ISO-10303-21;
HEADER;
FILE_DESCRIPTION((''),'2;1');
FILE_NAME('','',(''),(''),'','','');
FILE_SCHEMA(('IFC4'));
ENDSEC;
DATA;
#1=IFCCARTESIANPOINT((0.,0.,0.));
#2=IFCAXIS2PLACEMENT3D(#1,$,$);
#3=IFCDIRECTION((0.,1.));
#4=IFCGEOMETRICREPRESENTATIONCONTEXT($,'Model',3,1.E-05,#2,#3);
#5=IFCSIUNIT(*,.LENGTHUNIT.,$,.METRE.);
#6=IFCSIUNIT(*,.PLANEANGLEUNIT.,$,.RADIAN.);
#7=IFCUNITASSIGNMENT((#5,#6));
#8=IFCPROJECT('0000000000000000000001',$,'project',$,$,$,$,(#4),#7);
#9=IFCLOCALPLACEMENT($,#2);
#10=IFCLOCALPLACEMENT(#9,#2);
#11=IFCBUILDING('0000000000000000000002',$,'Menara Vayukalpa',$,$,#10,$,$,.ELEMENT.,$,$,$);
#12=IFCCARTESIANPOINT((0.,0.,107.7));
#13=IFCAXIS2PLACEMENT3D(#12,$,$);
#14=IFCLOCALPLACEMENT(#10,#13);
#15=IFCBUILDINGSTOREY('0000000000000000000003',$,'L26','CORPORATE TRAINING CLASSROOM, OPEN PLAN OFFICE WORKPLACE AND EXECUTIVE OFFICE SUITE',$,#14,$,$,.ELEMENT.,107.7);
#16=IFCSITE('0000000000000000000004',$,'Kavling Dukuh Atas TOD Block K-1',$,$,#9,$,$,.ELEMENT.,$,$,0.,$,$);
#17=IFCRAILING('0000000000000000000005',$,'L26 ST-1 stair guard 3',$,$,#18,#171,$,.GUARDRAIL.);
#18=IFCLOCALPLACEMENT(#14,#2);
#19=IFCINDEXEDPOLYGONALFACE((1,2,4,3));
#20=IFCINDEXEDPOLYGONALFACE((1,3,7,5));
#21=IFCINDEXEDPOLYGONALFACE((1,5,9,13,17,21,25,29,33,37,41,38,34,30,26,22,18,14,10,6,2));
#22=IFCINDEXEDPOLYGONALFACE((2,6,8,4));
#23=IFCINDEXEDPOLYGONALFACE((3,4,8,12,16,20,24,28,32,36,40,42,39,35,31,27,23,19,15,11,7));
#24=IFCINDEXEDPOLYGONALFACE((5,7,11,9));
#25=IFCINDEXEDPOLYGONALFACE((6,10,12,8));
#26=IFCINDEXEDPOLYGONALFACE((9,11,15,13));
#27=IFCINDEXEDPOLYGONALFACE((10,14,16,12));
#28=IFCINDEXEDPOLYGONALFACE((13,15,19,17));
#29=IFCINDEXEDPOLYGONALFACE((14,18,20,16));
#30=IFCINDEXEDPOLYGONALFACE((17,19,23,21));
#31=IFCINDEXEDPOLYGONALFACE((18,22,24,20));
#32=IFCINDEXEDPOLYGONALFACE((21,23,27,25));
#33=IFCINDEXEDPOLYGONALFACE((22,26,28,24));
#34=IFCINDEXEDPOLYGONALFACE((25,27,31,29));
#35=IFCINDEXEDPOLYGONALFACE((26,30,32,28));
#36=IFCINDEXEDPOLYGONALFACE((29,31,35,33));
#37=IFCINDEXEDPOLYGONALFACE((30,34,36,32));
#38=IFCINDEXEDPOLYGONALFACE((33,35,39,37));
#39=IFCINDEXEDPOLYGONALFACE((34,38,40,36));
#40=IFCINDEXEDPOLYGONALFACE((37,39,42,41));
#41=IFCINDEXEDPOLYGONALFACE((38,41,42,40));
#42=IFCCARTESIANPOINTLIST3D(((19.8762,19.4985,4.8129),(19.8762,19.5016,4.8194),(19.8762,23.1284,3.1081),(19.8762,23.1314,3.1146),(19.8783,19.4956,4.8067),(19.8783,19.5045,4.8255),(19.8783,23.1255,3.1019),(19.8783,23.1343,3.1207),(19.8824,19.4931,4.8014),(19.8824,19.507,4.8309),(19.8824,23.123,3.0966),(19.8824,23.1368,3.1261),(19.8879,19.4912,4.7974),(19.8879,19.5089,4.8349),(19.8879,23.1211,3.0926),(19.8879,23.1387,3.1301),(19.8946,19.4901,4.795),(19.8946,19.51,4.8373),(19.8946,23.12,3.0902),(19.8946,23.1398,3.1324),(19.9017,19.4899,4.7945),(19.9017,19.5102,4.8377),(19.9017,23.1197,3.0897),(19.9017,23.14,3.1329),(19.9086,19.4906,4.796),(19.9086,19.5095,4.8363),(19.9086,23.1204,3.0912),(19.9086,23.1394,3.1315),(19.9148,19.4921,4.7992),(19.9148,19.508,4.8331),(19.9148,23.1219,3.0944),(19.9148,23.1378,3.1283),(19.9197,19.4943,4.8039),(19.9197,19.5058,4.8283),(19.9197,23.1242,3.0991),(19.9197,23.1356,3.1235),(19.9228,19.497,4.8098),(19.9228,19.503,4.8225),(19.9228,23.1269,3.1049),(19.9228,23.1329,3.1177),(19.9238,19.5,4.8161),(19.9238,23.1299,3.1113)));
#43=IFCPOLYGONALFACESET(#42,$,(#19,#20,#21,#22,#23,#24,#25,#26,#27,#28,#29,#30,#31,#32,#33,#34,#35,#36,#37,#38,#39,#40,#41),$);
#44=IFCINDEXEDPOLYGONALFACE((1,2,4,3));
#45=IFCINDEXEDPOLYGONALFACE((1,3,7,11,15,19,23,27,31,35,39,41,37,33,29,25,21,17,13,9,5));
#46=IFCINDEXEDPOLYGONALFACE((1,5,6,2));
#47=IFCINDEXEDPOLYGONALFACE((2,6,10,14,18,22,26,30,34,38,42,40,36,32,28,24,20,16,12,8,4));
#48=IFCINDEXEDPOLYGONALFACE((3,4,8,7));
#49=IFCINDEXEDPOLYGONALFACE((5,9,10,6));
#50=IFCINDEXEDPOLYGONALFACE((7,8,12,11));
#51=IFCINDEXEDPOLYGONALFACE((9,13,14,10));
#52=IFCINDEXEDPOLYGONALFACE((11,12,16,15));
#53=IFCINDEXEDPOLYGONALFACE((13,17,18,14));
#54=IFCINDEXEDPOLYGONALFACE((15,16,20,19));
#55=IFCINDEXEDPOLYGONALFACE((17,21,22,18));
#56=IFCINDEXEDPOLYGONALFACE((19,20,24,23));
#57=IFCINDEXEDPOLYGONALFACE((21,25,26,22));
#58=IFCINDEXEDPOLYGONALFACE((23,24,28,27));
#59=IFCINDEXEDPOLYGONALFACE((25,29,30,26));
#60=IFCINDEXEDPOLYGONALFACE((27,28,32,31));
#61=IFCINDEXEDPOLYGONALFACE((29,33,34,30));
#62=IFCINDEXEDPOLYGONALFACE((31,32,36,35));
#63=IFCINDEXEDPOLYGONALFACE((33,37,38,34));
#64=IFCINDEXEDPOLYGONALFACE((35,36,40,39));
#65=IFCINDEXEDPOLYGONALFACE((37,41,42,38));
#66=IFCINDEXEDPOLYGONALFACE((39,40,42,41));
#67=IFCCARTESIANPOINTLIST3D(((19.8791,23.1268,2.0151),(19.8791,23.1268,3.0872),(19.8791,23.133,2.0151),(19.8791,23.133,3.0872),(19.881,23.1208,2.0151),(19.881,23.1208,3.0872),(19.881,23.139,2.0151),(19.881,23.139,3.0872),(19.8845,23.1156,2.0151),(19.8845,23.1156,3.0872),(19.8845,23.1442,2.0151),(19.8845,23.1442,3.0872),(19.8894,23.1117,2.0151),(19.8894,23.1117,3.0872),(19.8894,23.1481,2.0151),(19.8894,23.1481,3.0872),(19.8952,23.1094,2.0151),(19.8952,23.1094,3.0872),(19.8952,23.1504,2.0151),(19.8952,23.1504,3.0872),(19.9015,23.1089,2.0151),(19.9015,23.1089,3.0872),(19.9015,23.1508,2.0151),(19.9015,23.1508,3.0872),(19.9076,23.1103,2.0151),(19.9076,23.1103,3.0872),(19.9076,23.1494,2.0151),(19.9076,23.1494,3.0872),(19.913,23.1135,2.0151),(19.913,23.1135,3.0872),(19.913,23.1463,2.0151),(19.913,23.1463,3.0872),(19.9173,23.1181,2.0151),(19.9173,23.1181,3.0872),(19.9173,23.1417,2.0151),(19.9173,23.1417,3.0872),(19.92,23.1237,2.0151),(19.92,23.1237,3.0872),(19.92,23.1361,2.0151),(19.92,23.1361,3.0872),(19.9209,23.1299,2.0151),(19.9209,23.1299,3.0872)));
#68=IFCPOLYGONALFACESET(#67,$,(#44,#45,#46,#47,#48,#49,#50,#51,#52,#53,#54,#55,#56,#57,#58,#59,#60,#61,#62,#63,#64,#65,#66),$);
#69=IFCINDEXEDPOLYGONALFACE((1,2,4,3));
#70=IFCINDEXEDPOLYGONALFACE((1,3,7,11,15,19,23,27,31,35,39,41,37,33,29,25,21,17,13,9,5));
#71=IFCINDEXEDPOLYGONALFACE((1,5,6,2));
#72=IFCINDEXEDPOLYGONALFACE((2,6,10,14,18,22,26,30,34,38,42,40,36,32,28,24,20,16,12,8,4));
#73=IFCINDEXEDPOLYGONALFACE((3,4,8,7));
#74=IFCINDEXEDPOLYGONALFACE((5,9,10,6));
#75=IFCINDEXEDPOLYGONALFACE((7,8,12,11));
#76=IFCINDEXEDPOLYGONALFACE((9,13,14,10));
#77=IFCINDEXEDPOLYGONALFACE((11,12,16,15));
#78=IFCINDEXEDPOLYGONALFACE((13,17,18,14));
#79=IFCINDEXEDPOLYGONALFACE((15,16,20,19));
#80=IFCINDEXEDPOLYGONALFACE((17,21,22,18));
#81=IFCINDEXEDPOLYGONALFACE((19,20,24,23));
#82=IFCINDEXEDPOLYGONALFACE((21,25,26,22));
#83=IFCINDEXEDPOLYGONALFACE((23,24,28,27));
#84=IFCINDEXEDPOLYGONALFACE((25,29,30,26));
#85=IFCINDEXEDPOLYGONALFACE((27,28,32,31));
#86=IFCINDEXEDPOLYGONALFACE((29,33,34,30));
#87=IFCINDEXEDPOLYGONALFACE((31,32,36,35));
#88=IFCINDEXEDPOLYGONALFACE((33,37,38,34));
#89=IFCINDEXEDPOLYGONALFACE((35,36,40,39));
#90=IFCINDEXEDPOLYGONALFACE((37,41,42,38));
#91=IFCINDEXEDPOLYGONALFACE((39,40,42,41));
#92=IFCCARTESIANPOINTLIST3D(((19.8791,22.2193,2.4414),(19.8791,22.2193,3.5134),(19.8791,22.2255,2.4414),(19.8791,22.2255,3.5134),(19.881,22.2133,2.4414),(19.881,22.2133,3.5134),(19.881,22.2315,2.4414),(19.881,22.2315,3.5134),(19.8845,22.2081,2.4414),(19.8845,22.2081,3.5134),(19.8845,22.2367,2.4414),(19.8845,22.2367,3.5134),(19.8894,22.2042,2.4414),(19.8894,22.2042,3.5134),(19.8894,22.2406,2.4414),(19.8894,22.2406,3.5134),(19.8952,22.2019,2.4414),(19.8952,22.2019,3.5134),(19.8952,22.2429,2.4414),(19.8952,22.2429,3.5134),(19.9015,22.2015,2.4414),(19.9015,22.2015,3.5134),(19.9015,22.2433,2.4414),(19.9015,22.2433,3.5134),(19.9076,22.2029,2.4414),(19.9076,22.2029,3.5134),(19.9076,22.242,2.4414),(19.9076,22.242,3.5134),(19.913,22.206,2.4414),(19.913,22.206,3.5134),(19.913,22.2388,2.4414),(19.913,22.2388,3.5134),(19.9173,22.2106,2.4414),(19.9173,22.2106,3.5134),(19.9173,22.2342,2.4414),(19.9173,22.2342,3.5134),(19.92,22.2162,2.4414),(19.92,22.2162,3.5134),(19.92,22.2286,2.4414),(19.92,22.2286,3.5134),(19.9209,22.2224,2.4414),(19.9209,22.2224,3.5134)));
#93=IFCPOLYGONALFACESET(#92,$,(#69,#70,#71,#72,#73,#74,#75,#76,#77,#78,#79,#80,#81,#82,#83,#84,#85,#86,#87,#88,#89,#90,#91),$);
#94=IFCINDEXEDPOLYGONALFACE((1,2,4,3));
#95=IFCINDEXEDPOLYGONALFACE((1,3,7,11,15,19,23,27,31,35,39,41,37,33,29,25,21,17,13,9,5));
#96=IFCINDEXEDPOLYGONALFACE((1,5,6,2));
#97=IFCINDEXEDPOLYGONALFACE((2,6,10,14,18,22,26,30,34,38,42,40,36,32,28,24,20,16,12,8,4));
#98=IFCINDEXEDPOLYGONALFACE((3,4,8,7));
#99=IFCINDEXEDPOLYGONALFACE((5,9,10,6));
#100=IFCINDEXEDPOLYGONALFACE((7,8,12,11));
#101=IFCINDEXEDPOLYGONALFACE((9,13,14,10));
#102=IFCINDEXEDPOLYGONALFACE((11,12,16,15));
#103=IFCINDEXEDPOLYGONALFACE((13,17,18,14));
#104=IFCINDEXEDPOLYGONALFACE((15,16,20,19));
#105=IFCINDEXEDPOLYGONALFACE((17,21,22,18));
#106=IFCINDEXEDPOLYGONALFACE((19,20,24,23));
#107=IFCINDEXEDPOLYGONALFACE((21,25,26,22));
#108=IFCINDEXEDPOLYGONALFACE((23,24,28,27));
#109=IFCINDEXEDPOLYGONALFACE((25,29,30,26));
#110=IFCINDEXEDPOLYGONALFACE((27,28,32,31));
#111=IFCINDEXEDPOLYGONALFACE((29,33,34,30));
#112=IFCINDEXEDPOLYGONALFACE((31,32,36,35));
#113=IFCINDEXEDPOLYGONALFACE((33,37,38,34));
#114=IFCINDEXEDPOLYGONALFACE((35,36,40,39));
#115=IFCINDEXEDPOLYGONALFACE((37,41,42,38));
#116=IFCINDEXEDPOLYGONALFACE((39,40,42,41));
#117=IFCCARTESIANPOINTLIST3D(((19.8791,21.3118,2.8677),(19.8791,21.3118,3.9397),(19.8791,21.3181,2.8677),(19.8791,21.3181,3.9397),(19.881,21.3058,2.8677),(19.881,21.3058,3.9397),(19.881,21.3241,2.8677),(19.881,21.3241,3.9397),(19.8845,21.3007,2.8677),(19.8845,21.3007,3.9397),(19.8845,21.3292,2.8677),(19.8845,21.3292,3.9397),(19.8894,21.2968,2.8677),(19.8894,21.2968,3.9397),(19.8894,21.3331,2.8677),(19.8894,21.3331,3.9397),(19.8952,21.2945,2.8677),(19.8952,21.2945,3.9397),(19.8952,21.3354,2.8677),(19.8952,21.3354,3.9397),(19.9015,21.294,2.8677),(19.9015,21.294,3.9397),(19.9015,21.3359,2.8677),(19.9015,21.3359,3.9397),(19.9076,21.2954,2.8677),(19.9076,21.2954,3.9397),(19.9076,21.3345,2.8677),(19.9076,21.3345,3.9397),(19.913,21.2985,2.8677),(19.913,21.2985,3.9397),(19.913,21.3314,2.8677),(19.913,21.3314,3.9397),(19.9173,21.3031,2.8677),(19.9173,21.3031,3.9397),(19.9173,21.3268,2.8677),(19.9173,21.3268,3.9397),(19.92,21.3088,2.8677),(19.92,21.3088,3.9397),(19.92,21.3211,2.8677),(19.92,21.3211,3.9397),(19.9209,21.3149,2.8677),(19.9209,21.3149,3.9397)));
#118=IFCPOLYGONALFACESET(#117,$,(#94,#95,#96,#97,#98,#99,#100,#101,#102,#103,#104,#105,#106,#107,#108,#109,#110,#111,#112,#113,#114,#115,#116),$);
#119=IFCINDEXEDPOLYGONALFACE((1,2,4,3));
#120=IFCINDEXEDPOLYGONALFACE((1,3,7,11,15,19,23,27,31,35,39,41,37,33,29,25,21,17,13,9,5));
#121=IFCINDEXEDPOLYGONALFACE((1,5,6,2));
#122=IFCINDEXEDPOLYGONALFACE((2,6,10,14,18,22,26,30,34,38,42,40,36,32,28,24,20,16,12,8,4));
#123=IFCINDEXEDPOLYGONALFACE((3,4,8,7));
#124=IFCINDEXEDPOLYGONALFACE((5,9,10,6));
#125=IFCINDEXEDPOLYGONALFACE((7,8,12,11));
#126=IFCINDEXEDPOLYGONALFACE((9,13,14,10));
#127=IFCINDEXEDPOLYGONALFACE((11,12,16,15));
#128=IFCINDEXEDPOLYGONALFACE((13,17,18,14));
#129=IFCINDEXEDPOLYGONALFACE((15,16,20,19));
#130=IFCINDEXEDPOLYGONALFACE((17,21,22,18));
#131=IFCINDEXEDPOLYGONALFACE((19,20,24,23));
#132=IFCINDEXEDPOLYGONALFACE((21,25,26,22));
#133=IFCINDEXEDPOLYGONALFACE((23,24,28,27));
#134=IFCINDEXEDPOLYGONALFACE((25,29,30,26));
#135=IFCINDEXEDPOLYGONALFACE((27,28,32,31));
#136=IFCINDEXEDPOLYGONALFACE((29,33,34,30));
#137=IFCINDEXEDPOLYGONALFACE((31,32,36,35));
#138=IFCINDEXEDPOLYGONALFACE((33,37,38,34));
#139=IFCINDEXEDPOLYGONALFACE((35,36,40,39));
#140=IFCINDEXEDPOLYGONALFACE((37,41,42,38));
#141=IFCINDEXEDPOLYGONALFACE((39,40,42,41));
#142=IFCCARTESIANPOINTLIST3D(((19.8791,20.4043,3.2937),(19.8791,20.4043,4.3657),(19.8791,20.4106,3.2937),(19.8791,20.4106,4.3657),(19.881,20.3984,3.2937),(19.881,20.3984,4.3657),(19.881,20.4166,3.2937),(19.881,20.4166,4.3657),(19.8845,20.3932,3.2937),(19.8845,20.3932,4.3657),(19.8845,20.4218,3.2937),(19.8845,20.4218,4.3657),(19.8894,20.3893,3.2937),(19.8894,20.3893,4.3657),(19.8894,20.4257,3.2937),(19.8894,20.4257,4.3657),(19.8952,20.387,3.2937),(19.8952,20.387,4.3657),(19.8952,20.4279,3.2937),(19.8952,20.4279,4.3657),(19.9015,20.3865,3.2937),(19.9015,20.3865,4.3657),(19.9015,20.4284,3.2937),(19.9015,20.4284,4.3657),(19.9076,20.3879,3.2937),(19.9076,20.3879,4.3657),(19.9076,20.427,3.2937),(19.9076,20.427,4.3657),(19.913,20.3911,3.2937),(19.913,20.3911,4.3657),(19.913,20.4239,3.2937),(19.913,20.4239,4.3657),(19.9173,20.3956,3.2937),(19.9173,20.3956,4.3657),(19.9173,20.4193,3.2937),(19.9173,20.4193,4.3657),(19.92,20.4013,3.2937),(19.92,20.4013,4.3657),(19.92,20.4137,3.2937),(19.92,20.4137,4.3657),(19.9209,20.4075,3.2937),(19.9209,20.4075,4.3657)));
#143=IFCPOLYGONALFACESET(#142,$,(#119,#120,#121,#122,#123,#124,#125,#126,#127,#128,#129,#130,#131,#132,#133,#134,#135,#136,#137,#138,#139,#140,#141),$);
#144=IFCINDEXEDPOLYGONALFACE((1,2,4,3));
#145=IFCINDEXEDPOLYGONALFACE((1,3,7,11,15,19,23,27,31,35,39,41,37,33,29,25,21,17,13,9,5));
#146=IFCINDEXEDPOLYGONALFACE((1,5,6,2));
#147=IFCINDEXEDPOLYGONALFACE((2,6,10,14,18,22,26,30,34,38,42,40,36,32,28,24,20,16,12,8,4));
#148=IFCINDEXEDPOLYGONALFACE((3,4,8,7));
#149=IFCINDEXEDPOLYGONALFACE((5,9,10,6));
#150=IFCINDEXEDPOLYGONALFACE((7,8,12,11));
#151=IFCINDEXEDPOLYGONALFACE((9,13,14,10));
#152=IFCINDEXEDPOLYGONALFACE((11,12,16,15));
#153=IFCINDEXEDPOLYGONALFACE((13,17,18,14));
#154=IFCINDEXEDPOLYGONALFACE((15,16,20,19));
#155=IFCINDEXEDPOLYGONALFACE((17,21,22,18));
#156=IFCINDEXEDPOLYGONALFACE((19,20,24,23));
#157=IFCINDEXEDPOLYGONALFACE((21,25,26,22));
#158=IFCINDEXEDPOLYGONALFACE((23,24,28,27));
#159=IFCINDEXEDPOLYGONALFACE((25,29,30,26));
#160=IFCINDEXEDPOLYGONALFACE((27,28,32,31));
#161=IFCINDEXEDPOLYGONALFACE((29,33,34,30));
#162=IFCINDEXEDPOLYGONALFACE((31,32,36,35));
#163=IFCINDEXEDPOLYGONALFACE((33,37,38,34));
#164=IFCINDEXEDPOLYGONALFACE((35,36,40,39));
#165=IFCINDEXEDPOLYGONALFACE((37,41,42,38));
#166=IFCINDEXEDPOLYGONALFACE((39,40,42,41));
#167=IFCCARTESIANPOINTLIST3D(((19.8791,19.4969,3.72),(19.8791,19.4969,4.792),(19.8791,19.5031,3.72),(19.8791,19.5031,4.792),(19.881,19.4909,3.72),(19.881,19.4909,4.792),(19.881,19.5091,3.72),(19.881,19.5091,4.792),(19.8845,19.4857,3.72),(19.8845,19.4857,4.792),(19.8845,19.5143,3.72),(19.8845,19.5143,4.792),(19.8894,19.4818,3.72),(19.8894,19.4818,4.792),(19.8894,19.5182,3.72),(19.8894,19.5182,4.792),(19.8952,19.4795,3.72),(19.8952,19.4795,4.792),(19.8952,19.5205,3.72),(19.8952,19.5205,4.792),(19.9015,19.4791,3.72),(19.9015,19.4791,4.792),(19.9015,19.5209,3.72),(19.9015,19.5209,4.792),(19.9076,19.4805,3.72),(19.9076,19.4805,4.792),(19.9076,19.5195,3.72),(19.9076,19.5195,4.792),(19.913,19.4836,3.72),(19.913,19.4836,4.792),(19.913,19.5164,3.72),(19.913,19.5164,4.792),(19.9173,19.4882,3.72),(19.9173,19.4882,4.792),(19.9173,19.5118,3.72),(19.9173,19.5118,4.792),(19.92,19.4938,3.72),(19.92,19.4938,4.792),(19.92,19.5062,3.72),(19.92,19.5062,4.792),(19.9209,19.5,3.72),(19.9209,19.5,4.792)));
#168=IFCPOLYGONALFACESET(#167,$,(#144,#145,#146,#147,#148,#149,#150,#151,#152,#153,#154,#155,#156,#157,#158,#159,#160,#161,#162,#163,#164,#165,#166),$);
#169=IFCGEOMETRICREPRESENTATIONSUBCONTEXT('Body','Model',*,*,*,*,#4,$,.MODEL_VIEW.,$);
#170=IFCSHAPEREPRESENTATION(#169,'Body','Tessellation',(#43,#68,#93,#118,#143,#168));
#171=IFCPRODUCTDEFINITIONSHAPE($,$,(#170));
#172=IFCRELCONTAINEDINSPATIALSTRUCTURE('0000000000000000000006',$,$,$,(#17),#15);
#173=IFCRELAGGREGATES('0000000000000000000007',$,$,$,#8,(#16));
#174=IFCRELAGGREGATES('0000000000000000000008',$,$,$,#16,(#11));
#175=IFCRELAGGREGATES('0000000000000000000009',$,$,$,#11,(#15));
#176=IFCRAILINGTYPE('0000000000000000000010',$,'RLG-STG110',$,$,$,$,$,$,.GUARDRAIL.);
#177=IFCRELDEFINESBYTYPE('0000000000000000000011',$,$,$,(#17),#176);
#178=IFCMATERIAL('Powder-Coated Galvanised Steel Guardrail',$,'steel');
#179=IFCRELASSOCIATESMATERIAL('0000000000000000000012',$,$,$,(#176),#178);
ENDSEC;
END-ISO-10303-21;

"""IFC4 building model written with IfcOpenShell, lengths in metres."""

from ifc_helpers import new_model, si_unit, direction, frame, origin, origin_2d, place, context, subcontext, project, spatial, circle, extrude, material, type_object, element, save


model = new_model("IFC4")

# Units and contexts
model_context = context("Model", 3, precision=1e-05, world=origin(), true_north=direction((0.0, 1.0)))
body_context = subcontext(model_context, "Body", "Model", "MODEL_VIEW")
ifc_project = project(units=[si_unit("LENGTHUNIT", "METRE"), si_unit("PLANEANGLEUNIT", "RADIAN")], contexts=[model_context])

# Site, building, storey
site_placement = place(None, origin())
site = spatial("IfcSite", under=ifc_project, at=site_placement, Name="Kavling Dukuh Atas TOD Block K-1", CompositionType="ELEMENT", RefElevation=0.0)
building_placement = place(site_placement, origin())
building = spatial("IfcBuilding", under=site, at=building_placement, Name="Menara Vayukalpa", CompositionType="ELEMENT")
storey_placement = place(building_placement, frame((0.0, 0.0, 107.7)))
storey = spatial("IfcBuildingStorey", under=building, at=storey_placement, Name="L26", Description="CORPORATE TRAINING CLASSROOM, OPEN PLAN OFFICE WORKPLACE AND EXECUTIVE OFFICE SUITE", CompositionType="ELEMENT", Elevation=107.7)

# Railing
ifc_material_1 = material(Name="Powder-Coated Galvanised Steel Guardrail", Category="steel")
railing_type_1 = type_object("IfcRailingType", Name="RLG-STG110", PredefinedType="GUARDRAIL", material=ifc_material_1)
railing_1_placement = place(storey_placement, frame((19.8999, 23.1299, 2.0151)))
element("IfcRailing", 1, at=railing_1_placement, inside=storey, type_object=railing_type_1, Name="L26 ST-1 stair guard 3", PredefinedType="GUARDRAIL", context=body_context, shape_type="SweptSolid", body=[
    extrude(circle(Radius=0.0239, at=origin_2d()), frame((0.0, 0.0, 1.0962), z_axis=(0.0, -0.90514, 0.425114), x_axis=(1.0, 0.0, 0.0)), (0.0, 0.0, 1.0), 4.0103),
    extrude(circle(Radius=0.021, at=origin_2d()), origin(), (0.0, 0.0, 1.0), 1.072),
    extrude(circle(Radius=0.021, at=origin_2d()), frame((0.0, -0.9075, 0.4263)), (0.0, 0.0, 1.0), 1.072),
    extrude(circle(Radius=0.021, at=origin_2d()), frame((0.0, -1.8149, 0.8525)), (0.0, 0.0, 1.0), 1.072),
    extrude(circle(Radius=0.021, at=origin_2d()), frame((0.0, -2.7224, 1.2786)), (0.0, 0.0, 1.0), 1.072),
    extrude(circle(Radius=0.021, at=origin_2d()), frame((0.0, -3.6299, 1.7048)), (0.0, 0.0, 1.0), 1.072),
])

save(model, "model.ifc")
